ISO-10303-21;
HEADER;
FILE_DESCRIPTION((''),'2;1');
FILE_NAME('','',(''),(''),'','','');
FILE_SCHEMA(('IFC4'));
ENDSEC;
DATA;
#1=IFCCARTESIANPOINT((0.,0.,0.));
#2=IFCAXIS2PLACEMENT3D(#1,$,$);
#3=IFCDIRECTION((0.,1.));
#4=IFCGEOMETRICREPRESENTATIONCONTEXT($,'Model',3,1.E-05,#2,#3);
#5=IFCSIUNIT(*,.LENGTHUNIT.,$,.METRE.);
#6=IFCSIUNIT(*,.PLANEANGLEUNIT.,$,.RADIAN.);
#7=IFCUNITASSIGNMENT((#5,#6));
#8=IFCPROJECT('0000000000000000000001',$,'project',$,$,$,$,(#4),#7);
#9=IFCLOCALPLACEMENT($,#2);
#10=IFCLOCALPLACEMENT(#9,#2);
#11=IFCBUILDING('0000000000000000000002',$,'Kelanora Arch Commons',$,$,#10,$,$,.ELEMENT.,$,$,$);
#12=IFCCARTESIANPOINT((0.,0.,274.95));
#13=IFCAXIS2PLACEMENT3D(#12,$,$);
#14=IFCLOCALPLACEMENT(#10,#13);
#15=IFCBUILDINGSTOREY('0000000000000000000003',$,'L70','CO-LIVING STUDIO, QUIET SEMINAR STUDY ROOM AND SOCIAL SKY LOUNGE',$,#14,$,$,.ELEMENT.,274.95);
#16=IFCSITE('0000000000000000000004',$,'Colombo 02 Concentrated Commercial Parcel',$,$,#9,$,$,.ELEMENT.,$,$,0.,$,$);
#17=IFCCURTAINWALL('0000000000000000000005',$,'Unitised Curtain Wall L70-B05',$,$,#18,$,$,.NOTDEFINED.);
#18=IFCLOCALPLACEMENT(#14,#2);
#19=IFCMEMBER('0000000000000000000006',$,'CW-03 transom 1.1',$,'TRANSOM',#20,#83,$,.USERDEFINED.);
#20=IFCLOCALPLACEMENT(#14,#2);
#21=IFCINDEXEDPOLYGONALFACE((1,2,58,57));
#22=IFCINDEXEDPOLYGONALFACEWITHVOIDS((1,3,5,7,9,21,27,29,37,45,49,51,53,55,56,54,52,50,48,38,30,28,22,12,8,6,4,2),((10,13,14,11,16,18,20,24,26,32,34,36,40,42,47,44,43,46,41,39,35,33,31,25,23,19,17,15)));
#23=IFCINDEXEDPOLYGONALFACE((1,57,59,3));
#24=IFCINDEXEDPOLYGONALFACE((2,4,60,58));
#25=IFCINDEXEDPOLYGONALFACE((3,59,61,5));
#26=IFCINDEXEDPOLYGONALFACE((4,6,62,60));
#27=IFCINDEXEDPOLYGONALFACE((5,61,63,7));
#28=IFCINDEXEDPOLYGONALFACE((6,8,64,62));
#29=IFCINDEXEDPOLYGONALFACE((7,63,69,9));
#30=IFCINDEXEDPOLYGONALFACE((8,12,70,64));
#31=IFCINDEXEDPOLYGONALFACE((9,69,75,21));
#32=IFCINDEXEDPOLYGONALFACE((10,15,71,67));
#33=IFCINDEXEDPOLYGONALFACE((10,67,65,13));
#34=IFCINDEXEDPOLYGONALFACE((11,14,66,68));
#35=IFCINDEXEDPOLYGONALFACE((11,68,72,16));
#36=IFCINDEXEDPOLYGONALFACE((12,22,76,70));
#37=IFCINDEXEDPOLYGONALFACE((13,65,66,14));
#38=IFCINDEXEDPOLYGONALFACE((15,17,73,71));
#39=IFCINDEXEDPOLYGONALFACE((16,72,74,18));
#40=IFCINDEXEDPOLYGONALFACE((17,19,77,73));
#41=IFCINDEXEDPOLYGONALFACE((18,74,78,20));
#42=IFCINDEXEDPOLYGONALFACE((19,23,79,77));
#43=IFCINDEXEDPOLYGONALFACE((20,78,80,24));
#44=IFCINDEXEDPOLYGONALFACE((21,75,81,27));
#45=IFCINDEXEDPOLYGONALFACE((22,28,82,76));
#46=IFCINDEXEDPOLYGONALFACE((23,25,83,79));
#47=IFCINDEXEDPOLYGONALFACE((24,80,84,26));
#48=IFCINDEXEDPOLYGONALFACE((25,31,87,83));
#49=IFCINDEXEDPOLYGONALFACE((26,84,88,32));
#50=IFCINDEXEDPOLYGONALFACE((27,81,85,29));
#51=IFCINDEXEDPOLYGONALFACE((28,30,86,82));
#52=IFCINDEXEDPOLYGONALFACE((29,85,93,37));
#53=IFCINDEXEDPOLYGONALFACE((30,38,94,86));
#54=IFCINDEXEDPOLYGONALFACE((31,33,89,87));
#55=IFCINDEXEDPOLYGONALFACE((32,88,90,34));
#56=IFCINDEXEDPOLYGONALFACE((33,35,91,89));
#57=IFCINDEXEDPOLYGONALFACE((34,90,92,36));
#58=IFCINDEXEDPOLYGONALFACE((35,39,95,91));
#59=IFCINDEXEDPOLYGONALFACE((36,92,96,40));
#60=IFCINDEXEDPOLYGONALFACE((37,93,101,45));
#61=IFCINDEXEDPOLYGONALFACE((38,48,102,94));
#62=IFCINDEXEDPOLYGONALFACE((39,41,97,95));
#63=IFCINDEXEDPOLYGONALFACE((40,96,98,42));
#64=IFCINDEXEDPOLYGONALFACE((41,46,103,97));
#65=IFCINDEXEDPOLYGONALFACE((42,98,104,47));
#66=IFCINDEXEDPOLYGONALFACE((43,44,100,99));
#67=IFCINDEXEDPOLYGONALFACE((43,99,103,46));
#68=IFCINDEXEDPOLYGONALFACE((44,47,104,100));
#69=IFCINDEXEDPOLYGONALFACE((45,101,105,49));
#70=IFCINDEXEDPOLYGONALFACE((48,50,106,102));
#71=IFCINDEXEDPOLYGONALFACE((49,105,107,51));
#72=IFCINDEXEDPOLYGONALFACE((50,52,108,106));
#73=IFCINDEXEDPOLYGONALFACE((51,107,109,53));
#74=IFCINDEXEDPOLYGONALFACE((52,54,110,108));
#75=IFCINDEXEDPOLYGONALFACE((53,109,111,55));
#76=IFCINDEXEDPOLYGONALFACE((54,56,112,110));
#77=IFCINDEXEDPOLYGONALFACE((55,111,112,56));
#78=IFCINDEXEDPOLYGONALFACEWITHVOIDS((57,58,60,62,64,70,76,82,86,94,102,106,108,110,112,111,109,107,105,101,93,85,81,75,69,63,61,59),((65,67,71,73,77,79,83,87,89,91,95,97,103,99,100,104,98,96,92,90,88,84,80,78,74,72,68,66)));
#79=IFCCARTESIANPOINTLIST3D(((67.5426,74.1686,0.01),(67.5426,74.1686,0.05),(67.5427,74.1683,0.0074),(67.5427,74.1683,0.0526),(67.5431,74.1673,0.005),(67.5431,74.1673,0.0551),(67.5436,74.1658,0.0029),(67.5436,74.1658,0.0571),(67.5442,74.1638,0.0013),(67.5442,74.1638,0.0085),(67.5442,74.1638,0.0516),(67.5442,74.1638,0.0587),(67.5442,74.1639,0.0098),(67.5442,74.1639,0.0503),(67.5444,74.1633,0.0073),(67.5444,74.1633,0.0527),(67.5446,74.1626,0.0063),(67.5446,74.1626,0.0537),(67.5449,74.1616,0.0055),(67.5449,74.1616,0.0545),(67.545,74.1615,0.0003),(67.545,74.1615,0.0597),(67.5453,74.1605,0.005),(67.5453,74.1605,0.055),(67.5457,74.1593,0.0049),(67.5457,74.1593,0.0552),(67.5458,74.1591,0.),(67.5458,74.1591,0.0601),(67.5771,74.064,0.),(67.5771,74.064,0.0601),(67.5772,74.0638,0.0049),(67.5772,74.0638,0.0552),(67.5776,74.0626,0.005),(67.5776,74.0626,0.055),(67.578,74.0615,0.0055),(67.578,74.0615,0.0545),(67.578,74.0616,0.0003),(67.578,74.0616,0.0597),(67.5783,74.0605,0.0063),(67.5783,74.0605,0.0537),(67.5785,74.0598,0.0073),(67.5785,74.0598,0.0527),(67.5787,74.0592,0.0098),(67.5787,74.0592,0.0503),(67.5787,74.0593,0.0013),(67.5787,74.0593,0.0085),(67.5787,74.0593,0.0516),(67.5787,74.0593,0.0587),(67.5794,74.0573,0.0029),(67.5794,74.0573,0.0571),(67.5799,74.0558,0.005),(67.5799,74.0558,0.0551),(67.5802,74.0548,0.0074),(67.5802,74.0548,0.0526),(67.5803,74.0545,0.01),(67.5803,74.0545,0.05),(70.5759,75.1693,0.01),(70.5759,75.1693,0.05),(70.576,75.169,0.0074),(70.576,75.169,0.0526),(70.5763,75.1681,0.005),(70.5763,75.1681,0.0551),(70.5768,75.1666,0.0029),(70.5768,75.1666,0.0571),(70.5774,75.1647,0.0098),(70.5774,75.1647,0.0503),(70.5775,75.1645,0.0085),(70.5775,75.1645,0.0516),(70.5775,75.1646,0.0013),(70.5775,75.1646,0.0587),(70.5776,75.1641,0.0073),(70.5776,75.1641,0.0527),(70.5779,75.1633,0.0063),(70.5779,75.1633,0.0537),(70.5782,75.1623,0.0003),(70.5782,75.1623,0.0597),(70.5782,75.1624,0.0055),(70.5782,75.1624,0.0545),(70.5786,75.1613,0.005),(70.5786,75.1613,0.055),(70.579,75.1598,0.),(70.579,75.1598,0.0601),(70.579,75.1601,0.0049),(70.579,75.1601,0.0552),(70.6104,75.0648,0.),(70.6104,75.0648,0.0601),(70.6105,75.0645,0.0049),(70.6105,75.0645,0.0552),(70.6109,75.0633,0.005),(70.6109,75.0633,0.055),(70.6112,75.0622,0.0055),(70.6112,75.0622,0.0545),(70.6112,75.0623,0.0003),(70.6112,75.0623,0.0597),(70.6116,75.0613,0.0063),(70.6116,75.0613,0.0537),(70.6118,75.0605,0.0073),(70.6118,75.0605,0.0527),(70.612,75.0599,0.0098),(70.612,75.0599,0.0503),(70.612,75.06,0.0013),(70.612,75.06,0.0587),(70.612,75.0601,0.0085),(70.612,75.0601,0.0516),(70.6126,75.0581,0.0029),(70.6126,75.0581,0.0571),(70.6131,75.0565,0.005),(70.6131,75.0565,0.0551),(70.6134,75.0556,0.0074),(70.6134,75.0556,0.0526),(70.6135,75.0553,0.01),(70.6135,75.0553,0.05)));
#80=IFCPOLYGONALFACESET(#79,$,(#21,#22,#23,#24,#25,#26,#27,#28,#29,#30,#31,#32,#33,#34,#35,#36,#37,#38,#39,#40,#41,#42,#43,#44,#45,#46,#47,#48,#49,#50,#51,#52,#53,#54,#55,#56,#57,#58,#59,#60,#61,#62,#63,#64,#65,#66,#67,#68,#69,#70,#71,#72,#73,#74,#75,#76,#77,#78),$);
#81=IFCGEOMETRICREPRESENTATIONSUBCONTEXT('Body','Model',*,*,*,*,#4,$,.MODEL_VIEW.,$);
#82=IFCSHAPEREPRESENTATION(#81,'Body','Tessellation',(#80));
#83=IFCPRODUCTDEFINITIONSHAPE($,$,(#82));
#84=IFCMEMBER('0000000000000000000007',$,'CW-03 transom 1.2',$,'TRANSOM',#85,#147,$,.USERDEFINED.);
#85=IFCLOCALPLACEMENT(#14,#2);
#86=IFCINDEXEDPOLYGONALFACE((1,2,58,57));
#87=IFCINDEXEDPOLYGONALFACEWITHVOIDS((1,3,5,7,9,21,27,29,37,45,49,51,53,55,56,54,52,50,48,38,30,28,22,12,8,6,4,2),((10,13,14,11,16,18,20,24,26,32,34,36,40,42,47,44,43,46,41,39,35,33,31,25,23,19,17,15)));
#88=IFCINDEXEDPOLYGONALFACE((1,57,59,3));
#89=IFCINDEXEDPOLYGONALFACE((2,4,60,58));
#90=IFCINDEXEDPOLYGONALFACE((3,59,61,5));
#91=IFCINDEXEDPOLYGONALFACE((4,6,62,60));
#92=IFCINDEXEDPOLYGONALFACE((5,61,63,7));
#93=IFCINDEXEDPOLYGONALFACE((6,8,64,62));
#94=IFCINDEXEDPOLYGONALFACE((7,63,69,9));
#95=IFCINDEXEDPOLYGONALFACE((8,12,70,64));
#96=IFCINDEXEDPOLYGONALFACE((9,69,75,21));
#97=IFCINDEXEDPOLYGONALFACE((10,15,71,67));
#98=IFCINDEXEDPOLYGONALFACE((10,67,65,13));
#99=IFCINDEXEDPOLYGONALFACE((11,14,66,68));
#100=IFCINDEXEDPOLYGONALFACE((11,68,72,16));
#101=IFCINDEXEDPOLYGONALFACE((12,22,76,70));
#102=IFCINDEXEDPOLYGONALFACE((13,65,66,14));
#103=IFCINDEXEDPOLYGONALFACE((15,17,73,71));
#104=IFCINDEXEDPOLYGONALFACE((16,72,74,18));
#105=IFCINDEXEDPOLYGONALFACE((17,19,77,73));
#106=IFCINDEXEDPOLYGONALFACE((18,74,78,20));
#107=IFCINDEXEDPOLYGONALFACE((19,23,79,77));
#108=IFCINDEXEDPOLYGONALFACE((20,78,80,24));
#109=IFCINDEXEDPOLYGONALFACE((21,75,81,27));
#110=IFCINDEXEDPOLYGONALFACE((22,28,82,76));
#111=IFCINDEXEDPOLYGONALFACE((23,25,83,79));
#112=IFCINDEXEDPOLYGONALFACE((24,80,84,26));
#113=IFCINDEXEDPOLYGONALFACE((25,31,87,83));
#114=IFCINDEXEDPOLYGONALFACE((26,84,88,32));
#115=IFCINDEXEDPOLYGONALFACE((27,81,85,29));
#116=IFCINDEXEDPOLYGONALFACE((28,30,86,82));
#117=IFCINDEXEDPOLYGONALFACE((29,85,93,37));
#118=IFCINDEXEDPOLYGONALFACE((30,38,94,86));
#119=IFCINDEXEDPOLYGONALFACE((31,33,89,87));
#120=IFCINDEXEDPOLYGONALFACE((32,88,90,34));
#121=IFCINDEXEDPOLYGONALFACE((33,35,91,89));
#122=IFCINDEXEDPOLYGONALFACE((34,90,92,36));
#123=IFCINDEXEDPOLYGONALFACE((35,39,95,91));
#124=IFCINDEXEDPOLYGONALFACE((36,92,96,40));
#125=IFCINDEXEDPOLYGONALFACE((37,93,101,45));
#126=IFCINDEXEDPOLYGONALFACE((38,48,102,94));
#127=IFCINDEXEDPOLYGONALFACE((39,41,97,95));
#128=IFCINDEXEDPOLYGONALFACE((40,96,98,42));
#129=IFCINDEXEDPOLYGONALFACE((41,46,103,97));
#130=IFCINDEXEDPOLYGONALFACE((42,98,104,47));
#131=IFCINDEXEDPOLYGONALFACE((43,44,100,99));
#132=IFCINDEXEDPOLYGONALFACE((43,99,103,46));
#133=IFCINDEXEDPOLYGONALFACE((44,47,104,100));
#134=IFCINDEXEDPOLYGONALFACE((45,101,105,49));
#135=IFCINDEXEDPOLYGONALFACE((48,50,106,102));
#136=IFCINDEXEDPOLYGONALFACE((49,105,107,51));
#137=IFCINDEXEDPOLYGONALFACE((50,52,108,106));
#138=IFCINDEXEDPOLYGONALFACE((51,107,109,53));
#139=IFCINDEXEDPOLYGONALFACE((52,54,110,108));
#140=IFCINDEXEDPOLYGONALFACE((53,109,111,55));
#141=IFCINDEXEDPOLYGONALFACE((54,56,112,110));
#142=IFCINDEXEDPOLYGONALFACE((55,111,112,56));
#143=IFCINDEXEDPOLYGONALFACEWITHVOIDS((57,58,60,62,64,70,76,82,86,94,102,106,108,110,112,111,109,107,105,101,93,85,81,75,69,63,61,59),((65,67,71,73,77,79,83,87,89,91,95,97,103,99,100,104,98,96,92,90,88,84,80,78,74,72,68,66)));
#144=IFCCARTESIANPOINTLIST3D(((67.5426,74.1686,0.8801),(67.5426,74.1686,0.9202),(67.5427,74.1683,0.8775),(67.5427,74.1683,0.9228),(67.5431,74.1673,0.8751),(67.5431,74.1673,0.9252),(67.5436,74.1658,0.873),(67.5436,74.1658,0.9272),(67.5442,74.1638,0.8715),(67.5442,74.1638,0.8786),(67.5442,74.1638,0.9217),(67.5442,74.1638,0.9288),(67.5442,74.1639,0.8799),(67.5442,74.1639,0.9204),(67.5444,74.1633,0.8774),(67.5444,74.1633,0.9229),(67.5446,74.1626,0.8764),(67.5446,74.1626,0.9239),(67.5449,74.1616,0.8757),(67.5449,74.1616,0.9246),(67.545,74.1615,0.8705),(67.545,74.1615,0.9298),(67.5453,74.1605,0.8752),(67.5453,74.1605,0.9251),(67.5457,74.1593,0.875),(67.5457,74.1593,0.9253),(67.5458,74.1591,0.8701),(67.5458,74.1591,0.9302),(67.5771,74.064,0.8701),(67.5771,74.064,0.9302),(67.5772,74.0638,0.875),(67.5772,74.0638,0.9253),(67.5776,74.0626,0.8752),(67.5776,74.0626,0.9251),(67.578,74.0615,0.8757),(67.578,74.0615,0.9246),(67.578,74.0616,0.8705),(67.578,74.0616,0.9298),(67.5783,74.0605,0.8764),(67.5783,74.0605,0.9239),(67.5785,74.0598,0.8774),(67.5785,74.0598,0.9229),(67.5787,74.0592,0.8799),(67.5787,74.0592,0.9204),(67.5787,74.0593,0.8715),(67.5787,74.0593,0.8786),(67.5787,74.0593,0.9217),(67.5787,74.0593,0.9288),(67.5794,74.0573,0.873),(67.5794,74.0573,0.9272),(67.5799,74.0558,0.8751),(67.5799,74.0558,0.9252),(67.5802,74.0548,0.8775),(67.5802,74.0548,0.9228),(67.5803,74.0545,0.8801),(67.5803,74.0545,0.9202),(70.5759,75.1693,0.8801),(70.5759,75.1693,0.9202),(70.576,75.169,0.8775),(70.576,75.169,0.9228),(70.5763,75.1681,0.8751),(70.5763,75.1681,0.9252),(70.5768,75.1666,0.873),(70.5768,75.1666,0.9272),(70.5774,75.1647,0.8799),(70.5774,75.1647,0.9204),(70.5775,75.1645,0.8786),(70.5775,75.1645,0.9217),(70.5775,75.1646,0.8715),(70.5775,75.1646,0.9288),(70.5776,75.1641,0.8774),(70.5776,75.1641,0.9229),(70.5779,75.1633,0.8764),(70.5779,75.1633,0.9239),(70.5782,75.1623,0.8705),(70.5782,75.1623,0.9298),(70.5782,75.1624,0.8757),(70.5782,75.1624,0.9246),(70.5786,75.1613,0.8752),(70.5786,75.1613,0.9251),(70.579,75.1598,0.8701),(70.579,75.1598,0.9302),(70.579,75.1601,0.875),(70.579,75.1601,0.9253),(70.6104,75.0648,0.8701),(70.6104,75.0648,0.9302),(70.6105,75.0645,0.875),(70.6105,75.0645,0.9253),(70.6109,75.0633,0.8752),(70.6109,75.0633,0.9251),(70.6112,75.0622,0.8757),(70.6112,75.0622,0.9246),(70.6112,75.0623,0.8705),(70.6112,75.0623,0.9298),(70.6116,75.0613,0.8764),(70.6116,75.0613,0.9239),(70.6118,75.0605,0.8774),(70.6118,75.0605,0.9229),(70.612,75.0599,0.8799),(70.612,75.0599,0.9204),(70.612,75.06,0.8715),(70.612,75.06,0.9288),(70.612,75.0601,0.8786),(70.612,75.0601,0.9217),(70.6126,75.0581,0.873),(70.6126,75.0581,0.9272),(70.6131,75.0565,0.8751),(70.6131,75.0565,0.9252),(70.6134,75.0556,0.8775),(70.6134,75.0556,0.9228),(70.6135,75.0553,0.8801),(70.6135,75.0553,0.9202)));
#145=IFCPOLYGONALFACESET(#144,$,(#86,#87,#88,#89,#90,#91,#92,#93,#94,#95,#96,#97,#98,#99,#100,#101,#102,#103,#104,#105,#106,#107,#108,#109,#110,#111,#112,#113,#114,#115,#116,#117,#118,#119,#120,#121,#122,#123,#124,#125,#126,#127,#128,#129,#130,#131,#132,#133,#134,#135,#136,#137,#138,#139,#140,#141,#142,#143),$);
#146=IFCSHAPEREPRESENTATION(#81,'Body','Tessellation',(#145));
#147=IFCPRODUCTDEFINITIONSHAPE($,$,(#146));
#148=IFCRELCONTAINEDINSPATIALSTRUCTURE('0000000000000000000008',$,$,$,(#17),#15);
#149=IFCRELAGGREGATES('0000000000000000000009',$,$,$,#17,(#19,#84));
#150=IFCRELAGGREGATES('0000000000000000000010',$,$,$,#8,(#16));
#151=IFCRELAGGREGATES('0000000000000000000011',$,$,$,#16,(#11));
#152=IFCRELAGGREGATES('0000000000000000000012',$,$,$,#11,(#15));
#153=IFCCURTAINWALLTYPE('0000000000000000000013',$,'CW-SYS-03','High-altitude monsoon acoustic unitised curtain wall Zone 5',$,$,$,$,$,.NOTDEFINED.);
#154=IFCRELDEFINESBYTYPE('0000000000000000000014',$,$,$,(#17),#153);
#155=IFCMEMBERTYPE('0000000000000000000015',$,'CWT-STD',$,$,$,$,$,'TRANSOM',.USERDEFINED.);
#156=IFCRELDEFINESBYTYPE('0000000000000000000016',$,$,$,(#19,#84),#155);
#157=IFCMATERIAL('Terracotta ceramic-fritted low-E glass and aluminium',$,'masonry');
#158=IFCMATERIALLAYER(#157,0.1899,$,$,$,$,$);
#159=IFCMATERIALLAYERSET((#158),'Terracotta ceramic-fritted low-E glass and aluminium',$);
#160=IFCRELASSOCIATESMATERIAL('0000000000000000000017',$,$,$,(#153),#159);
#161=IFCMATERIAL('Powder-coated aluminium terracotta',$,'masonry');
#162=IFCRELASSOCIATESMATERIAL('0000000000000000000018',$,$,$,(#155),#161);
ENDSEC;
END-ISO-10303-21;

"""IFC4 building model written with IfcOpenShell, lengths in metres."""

from ifc_helpers import new_model, si_unit, direction, frame, origin, origin_2d, place, context, subcontext, project, spatial, hollow_rectangle, extrude, material, layer, layer_set, material_profile, profile_set, type_object, element, aggregate, save


model = new_model("IFC4")

# Units and contexts
model_context = context("Model", 3, precision=1e-05, world=origin(), true_north=direction((0.0, 1.0)))
body_context = subcontext(model_context, "Body", "Model", "MODEL_VIEW")
ifc_project = project(units=[si_unit("LENGTHUNIT", "METRE"), si_unit("PLANEANGLEUNIT", "RADIAN")], contexts=[model_context])

# Site, building, storey
site_placement = place(None, origin())
site = spatial("IfcSite", under=ifc_project, at=site_placement, Name="Colombo 02 Concentrated Commercial Parcel", CompositionType="ELEMENT", RefElevation=0.0)
building_placement = place(site_placement, origin())
building = spatial("IfcBuilding", under=site, at=building_placement, Name="Kelanora Arch Commons", CompositionType="ELEMENT")
storey_placement = place(building_placement, frame((0.0, 0.0, 274.95)))
storey = spatial("IfcBuildingStorey", under=building, at=storey_placement, Name="L70", Description="CO-LIVING STUDIO, QUIET SEMINAR STUDY ROOM AND SOCIAL SKY LOUNGE", CompositionType="ELEMENT", Elevation=274.95)

# Curtain wall, members
ifc_material_1 = material(Name="Terracotta ceramic-fritted low-E glass and aluminium", Category="masonry")
ifc_layer_1 = layer(ifc_material_1, 0.1899)
ifc_layer_set_1 = layer_set([ifc_layer_1], Name="Terracotta ceramic-fritted low-E glass and aluminium")
curtain_wall_type = type_object("IfcCurtainWallType", Name="CW-SYS-03", Description="High-altitude monsoon acoustic unitised curtain wall Zone 5", PredefinedType="NOTDEFINED", material=ifc_layer_set_1)
curtain_wall_placement = place(storey_placement, origin())
curtain_wall = element("IfcCurtainWall", 1, at=curtain_wall_placement, inside=storey, type_object=curtain_wall_type, Name="Unitised Curtain Wall L70-B05", PredefinedType="NOTDEFINED")
ifc_material_2 = material(Name="Powder-coated aluminium terracotta", Category="masonry")
ifc_material_profile_1 = material_profile(ifc_material_2, hollow_rectangle(XDim=0.1201, YDim=0.0601, WallThickness=0.0049, InnerFilletRadius=0.0049, OuterFilletRadius=0.01, at=origin_2d()), Name="CWT120x60")
ifc_profile_set_1 = profile_set([ifc_material_profile_1], Name="Powder-coated aluminium terracotta")
member_type_1 = type_object("IfcMemberType", Name="CWT-STD", ElementType="TRANSOM", PredefinedType="USERDEFINED", material=ifc_profile_set_1)
member_1_placement = place(storey_placement, frame((70.5947, 75.1123, 0.03), z_axis=(-0.94965, -0.313314, 0.0), x_axis=(0.313314, -0.94965, 0.0)))
member_1 = element("IfcMember", 2, at=member_1_placement, type_object=member_type_1, Name="CW-03 transom 1.1", ObjectType="TRANSOM", PredefinedType="USERDEFINED", context=body_context, shape_type="SweptSolid", body=[
    extrude(hollow_rectangle(XDim=0.1201, YDim=0.0601, WallThickness=0.0049, InnerFilletRadius=0.0049, OuterFilletRadius=0.01, at=origin_2d()), origin(), (0.0, 0.0, 1.0), 3.1941),
])
member_2_placement = place(storey_placement, frame((70.5947, 75.1123, 0.9001), z_axis=(-0.94965, -0.313314, 0.0), x_axis=(0.313314, -0.94965, 0.0)))
member_2 = element("IfcMember", 3, at=member_2_placement, type_object=member_type_1, Name="CW-03 transom 1.2", ObjectType="TRANSOM", PredefinedType="USERDEFINED", context=body_context, shape_type="SweptSolid", body=[
    extrude(hollow_rectangle(XDim=0.1201, YDim=0.0601, WallThickness=0.0049, InnerFilletRadius=0.0049, OuterFilletRadius=0.01, at=origin_2d()), origin(), (0.0, 0.0, 1.0), 3.1941),
])
aggregate(curtain_wall, [member_1, member_2])

save(model, "model.ifc")
